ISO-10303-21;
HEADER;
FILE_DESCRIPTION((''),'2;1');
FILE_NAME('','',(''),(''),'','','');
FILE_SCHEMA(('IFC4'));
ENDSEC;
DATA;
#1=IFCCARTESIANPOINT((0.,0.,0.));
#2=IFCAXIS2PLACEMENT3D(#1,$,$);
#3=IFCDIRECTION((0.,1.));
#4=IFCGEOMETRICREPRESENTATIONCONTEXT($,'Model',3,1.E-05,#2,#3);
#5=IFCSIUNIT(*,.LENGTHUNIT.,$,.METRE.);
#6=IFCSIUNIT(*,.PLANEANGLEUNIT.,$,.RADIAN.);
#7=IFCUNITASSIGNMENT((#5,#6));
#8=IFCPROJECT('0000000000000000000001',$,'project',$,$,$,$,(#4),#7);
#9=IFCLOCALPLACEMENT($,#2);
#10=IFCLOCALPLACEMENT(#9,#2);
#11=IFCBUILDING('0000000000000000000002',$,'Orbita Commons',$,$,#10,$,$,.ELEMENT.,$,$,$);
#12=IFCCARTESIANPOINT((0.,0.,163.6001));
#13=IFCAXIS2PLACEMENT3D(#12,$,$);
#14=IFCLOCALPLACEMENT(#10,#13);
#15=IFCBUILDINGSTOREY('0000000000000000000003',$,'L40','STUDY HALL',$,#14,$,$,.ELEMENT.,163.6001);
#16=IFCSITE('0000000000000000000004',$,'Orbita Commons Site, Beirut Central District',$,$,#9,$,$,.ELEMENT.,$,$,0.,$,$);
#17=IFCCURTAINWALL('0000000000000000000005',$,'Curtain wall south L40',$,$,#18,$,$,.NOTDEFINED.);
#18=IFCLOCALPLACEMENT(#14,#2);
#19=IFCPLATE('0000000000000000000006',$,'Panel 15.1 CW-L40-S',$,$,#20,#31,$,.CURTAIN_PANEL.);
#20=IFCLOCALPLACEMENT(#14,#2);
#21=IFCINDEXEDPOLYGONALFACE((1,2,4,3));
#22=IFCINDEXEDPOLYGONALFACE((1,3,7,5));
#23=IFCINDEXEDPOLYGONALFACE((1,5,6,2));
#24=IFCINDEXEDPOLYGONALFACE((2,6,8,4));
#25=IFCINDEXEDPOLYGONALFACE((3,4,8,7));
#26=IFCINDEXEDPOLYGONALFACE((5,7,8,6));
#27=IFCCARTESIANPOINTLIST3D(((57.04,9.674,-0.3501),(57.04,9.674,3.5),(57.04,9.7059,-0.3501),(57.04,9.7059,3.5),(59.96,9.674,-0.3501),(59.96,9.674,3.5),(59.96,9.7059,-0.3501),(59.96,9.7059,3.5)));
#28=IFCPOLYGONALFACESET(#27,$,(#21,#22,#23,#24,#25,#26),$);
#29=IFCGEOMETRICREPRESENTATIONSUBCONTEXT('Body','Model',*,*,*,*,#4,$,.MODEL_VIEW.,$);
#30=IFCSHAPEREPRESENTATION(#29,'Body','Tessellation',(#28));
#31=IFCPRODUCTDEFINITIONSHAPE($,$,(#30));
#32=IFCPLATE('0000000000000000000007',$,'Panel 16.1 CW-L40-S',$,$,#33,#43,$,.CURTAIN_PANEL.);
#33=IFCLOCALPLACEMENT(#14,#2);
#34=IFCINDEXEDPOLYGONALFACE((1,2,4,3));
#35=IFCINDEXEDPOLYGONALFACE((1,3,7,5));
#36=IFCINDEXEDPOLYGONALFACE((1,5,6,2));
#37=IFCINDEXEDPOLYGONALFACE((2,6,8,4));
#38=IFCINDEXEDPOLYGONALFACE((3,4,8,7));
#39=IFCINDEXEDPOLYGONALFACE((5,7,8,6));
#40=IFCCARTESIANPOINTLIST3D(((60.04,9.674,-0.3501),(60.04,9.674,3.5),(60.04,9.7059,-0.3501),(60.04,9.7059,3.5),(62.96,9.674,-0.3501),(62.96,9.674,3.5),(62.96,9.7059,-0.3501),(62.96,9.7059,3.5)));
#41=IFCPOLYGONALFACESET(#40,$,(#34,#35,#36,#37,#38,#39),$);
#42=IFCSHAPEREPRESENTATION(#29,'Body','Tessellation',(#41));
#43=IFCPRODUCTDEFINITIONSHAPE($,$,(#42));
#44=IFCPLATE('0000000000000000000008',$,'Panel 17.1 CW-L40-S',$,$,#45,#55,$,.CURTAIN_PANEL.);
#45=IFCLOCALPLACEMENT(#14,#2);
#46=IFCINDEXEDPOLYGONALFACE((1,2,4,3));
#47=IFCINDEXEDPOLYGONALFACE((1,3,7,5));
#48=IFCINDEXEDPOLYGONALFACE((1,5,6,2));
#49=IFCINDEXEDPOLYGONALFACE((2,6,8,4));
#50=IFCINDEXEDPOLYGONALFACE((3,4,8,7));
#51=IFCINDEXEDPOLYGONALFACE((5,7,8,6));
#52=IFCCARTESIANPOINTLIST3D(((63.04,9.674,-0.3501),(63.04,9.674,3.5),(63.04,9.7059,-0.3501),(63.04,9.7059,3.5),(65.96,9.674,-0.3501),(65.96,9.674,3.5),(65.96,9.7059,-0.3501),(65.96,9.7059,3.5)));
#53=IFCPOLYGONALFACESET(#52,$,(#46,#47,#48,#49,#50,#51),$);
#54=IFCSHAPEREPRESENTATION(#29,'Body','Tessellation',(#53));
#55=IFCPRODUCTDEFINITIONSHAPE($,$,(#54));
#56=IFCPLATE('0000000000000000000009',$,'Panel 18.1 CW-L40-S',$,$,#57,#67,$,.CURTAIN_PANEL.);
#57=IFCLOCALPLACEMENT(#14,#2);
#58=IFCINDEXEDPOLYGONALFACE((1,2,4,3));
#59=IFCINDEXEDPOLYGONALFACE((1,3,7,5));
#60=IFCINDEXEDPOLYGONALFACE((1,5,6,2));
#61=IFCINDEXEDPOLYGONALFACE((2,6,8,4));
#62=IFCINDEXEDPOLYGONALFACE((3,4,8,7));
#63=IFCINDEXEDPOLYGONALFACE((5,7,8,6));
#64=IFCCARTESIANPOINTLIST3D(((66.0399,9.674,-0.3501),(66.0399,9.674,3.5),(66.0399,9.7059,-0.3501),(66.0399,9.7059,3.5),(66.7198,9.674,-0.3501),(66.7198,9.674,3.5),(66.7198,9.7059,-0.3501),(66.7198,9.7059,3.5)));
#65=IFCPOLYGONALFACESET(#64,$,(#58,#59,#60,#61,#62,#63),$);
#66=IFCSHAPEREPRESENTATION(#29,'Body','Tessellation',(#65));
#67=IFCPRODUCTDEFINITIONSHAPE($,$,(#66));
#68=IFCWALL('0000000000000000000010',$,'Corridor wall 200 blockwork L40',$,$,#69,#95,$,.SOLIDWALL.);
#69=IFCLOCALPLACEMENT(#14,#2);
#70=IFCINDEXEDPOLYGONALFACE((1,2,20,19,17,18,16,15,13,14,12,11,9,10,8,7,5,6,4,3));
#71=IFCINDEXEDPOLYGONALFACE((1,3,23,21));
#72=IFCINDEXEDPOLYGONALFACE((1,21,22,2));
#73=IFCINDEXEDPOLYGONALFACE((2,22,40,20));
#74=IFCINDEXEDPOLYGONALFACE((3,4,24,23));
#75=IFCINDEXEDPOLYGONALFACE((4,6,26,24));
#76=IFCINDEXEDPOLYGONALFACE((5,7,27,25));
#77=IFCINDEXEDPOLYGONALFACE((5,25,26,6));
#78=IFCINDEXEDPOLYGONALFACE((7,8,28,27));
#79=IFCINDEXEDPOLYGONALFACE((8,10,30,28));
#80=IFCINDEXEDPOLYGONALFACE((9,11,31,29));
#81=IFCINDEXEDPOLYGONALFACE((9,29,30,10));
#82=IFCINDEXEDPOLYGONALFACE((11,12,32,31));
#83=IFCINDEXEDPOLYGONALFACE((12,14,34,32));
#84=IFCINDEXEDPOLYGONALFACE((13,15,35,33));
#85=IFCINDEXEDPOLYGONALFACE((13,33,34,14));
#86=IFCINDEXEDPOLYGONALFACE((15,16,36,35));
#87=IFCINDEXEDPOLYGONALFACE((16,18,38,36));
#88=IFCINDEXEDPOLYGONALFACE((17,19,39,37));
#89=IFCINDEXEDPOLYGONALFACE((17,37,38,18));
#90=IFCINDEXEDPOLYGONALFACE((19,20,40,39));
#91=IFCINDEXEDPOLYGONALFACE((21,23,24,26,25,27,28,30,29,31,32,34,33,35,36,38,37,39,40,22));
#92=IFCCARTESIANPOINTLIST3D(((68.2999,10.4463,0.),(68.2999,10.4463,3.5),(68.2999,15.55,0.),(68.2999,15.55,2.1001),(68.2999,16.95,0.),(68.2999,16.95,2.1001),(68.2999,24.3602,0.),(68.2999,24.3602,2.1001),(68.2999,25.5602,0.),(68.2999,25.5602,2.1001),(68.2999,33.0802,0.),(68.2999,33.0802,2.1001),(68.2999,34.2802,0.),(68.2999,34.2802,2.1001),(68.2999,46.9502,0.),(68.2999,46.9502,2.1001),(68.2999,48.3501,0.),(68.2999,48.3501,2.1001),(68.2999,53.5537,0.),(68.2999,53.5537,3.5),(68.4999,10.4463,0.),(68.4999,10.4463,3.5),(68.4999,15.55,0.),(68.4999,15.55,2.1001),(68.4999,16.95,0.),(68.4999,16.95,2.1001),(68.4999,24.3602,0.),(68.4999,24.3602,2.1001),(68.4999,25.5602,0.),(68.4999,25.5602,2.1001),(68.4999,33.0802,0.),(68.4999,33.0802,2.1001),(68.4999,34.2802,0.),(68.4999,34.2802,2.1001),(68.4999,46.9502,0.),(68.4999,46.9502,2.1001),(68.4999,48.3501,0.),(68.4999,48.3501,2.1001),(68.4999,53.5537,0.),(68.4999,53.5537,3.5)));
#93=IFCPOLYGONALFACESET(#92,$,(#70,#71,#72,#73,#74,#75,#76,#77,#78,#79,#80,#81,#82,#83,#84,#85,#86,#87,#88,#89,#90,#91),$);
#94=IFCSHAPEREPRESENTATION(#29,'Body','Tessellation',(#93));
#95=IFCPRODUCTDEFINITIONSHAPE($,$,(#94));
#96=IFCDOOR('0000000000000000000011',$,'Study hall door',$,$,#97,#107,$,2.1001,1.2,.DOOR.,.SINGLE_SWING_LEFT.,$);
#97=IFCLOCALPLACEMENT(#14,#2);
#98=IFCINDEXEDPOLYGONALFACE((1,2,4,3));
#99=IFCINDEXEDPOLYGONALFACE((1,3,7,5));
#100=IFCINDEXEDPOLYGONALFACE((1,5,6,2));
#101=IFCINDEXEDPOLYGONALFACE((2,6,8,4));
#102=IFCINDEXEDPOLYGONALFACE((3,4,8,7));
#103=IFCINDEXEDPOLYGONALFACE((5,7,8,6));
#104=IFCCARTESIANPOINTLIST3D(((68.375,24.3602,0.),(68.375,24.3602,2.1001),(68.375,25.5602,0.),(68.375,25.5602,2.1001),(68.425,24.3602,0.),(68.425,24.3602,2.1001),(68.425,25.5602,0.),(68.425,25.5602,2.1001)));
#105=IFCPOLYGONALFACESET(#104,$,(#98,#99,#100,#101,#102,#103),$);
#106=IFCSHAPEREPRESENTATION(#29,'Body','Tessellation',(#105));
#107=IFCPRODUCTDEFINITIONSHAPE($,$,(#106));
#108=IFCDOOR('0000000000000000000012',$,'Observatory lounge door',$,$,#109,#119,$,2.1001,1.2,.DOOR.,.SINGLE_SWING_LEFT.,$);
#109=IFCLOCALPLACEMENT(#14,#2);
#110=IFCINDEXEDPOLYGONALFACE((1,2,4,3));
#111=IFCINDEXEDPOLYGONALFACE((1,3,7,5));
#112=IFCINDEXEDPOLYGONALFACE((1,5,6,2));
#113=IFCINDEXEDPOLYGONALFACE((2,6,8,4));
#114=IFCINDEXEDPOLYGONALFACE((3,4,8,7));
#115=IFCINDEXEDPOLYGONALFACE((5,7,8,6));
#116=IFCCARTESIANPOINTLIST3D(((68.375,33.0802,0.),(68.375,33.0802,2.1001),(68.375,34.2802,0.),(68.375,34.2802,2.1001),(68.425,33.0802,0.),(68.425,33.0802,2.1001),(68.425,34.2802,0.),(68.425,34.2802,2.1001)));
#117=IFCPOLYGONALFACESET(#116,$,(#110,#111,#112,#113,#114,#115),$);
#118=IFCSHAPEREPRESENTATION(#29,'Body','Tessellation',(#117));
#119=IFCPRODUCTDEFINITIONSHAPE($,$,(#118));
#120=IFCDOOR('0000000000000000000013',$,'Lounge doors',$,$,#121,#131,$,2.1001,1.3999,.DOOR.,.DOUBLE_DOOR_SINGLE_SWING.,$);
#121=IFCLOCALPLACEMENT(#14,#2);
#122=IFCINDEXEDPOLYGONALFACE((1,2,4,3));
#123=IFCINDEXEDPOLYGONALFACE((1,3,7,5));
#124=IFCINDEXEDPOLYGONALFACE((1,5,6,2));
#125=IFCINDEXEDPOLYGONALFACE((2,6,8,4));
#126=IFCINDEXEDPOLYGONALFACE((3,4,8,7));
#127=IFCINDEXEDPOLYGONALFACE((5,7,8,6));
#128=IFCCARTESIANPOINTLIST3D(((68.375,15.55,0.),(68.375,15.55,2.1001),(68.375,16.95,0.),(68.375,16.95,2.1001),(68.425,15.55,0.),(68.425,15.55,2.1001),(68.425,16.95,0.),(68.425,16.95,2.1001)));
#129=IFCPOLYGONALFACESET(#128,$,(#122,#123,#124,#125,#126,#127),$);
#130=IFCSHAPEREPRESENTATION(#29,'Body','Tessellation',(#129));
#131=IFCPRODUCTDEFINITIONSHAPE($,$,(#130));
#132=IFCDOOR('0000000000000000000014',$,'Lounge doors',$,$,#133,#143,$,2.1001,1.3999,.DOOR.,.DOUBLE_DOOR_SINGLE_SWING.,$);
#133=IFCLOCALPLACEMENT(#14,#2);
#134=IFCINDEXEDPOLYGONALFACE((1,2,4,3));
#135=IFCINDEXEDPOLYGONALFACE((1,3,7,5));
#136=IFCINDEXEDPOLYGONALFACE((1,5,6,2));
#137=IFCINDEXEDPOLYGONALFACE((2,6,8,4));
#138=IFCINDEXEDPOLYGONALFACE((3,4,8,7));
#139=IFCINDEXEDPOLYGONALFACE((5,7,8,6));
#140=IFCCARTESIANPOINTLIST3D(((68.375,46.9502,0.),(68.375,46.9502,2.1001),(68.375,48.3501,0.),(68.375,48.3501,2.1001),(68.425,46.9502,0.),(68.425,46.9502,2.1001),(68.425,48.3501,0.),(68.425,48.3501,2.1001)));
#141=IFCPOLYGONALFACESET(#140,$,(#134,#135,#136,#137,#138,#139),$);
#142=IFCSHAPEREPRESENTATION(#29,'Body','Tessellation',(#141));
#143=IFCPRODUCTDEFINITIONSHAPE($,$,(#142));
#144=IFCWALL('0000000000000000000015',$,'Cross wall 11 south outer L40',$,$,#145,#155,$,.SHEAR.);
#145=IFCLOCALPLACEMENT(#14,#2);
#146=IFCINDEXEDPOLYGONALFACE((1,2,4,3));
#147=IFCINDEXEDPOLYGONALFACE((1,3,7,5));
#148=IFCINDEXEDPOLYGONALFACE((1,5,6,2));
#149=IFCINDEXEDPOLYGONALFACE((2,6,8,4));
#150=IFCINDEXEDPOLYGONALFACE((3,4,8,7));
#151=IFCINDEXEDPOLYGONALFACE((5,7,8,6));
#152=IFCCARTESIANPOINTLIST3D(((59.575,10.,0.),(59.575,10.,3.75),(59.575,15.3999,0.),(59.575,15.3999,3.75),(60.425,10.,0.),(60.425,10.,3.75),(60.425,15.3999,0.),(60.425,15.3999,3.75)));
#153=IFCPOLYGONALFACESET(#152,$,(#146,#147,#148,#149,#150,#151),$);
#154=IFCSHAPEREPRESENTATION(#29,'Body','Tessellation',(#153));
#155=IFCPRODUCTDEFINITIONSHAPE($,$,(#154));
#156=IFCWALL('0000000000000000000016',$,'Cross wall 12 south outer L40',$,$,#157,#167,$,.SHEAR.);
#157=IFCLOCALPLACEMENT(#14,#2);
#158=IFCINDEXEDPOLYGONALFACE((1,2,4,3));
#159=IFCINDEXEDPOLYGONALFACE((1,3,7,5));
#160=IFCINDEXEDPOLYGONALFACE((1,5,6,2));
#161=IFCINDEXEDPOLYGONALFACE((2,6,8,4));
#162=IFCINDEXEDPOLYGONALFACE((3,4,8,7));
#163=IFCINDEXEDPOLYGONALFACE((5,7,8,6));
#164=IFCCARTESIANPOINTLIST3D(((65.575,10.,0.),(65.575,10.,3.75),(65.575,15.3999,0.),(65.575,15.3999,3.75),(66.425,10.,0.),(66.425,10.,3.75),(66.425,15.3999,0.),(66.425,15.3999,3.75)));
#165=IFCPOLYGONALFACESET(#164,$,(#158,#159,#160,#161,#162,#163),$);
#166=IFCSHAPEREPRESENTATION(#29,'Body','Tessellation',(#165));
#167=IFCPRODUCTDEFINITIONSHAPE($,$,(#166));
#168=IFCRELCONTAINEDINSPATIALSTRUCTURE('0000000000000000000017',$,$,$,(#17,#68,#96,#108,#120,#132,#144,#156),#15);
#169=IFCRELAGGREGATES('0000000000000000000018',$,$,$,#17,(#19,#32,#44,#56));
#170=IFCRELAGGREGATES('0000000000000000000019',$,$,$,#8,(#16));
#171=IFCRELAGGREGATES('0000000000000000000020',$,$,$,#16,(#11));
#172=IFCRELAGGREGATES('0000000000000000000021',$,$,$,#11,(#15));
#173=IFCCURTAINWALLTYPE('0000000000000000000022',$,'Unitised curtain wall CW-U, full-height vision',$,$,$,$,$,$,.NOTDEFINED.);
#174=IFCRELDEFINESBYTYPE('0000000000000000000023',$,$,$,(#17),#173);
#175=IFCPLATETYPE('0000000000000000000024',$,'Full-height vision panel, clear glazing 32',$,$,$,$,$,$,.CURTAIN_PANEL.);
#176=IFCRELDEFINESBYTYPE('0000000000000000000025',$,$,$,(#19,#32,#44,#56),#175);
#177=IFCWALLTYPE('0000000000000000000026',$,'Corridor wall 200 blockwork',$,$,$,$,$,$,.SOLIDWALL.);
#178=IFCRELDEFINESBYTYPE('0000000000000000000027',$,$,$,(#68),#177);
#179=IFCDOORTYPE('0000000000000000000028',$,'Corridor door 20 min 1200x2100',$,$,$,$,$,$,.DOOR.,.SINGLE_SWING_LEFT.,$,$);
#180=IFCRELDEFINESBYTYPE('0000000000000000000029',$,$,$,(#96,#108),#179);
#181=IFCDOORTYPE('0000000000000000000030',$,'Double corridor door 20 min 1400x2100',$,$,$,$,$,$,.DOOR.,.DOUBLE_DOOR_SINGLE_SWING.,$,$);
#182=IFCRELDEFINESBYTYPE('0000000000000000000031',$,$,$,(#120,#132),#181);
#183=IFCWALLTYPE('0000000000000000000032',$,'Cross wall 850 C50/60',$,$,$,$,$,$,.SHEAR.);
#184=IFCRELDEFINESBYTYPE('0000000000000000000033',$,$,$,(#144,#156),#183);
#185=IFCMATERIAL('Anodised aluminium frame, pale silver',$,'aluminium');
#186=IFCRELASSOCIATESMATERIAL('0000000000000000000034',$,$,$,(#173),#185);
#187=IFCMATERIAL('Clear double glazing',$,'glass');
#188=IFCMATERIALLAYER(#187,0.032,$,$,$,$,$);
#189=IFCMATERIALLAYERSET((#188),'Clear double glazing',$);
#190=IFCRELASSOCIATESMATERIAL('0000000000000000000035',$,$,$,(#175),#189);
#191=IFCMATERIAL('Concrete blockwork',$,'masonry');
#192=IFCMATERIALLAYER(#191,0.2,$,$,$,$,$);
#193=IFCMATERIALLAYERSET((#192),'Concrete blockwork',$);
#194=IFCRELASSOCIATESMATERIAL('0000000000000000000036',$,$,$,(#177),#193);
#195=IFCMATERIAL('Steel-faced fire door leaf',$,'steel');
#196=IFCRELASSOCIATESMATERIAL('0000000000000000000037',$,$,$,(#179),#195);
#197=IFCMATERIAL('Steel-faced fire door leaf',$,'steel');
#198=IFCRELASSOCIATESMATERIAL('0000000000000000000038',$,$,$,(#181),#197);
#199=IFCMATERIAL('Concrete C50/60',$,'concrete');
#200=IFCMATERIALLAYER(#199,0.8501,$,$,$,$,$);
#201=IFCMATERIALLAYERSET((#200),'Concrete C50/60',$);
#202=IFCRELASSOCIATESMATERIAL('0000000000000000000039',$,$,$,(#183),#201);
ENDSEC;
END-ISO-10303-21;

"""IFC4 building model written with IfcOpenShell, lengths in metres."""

from ifc_helpers import new_model, si_unit, direction, frame, frame_2d, origin, origin_2d, place, context, subcontext, project, spatial, rectangle, extrude, material, layer, layer_set, type_object, element, fill, aggregate, save


model = new_model("IFC4")

# Units and contexts
model_context = context("Model", 3, precision=1e-05, world=origin(), true_north=direction((0.0, 1.0)))
body_context = subcontext(model_context, "Body", "Model", "MODEL_VIEW")
ifc_project = project(units=[si_unit("LENGTHUNIT", "METRE"), si_unit("PLANEANGLEUNIT", "RADIAN")], contexts=[model_context])

# Site, building, storey
site_placement = place(None, origin())
site = spatial("IfcSite", under=ifc_project, at=site_placement, Name="Orbita Commons Site, Beirut Central District", CompositionType="ELEMENT", RefElevation=0.0)
building_placement = place(site_placement, origin())
building = spatial("IfcBuilding", under=site, at=building_placement, Name="Orbita Commons", CompositionType="ELEMENT")
storey_placement = place(building_placement, frame((0.0, 0.0, 163.6001)))
storey = spatial("IfcBuildingStorey", under=building, at=storey_placement, Name="L40", Description="STUDY HALL", CompositionType="ELEMENT", Elevation=163.6001)

# Curtain wall
ifc_material_1 = material(Name="Anodised aluminium frame, pale silver", Category="aluminium")
curtain_wall_type = type_object("IfcCurtainWallType", Name="Unitised curtain wall CW-U, full-height vision", PredefinedType="NOTDEFINED", material=ifc_material_1)
curtain_wall_placement = place(storey_placement, origin())
curtain_wall = element("IfcCurtainWall", 1, at=curtain_wall_placement, inside=storey, type_object=curtain_wall_type, Name="Curtain wall south L40", PredefinedType="NOTDEFINED")

# Plates
ifc_material_2 = material(Name="Clear double glazing", Category="glass")
ifc_layer_1 = layer(ifc_material_2, 0.032)
ifc_layer_set_1 = layer_set([ifc_layer_1], Name="Clear double glazing")
plate_type = type_object("IfcPlateType", Name="Full-height vision panel, clear glazing 32", PredefinedType="CURTAIN_PANEL", material=ifc_layer_set_1)
plate_1_placement = place(storey_placement, frame((58.5, 9.6899, -0.3501), z_axis=(0.0, 0.0, 1.0), x_axis=(1.0, 0.0, 0.0)))
plate_1 = element("IfcPlate", 2, at=plate_1_placement, type_object=plate_type, Name="Panel 15.1 CW-L40-S", PredefinedType="CURTAIN_PANEL", context=body_context, shape_type="SweptSolid", body=[
    extrude(rectangle(XDim=2.9199, YDim=0.032, at=origin_2d()), origin(), (0.0, 0.0, 1.0), 3.8501),
])
plate_2_placement = place(storey_placement, frame((61.5, 9.6899, -0.3501), z_axis=(0.0, 0.0, 1.0), x_axis=(1.0, 0.0, 0.0)))
plate_2 = element("IfcPlate", 3, at=plate_2_placement, type_object=plate_type, Name="Panel 16.1 CW-L40-S", PredefinedType="CURTAIN_PANEL", context=body_context, shape_type="SweptSolid", body=[
    extrude(rectangle(XDim=2.9199, YDim=0.032, at=origin_2d()), origin(), (0.0, 0.0, 1.0), 3.8501),
])
plate_3_placement = place(storey_placement, frame((64.5, 9.6899, -0.3501), z_axis=(0.0, 0.0, 1.0), x_axis=(1.0, 0.0, 0.0)))
plate_3 = element("IfcPlate", 4, at=plate_3_placement, type_object=plate_type, Name="Panel 17.1 CW-L40-S", PredefinedType="CURTAIN_PANEL", context=body_context, shape_type="SweptSolid", body=[
    extrude(rectangle(XDim=2.9199, YDim=0.032, at=origin_2d()), origin(), (0.0, 0.0, 1.0), 3.8501),
])
plate_4_placement = place(storey_placement, frame((66.3799, 9.6899, -0.3501), z_axis=(0.0, 0.0, 1.0), x_axis=(1.0, 0.0, 0.0)))
plate_4 = element("IfcPlate", 5, at=plate_4_placement, type_object=plate_type, Name="Panel 18.1 CW-L40-S", PredefinedType="CURTAIN_PANEL", context=body_context, shape_type="SweptSolid", body=[
    extrude(rectangle(XDim=0.6799, YDim=0.032, at=origin_2d()), origin(), (0.0, 0.0, 1.0), 3.8501),
])
aggregate(curtain_wall, [plate_1, plate_2, plate_3, plate_4])

# Wall, openings, doors
ifc_material_3 = material(Name="Concrete blockwork", Category="masonry")
ifc_layer_2 = layer(ifc_material_3, 0.2)
ifc_layer_set_2 = layer_set([ifc_layer_2], Name="Concrete blockwork")
wall_type_1 = type_object("IfcWallType", Name="Corridor wall 200 blockwork", PredefinedType="SOLIDWALL", material=ifc_layer_set_2)
wall_1_placement = place(storey_placement, frame((68.3999, 10.4463, 0.0), z_axis=(0.0, 0.0, 1.0), x_axis=(0.0, 1.0, 0.0)))
wall_1 = element("IfcWall", 6, at=wall_1_placement, inside=storey, type_object=wall_type_1, Name="Corridor wall 200 blockwork L40", PredefinedType="SOLIDWALL", context=body_context, shape_type="SweptSolid", body=[
    extrude(rectangle(XDim=43.1074, YDim=0.2, at=frame_2d((21.5537, 0.0))), origin(), (0.0, 0.0, 1.0), 3.5),
])
opening_1_placement = place(wall_1_placement, frame((13.9138, 0.0, 0.0)))
opening_1 = element("IfcOpeningElement", 7, at=opening_1_placement, cuts=wall_1, PredefinedType="OPENING", context=body_context, shape_type="SweptSolid", body=[
    extrude(rectangle(XDim=1.2, YDim=2.1001, at=frame_2d((0.6001, 1.05))), frame((0.0, 0.1099, 0.0), z_axis=(0.0, -1.0, 0.0), x_axis=(1.0, 0.0, 0.0)), (0.0, 0.0, 1.0), 0.22),
])
opening_2_placement = place(wall_1_placement, frame((22.6338, 0.0, 0.0)))
opening_2 = element("IfcOpeningElement", 8, at=opening_2_placement, cuts=wall_1, PredefinedType="OPENING", context=body_context, shape_type="SweptSolid", body=[
    extrude(rectangle(XDim=1.2, YDim=2.1001, at=frame_2d((0.6001, 1.05))), frame((0.0, 0.1099, 0.0), z_axis=(0.0, -1.0, 0.0), x_axis=(1.0, 0.0, 0.0)), (0.0, 0.0, 1.0), 0.22),
])
opening_3_placement = place(wall_1_placement, frame((5.1038, 0.0, 0.0)))
opening_3 = element("IfcOpeningElement", 9, at=opening_3_placement, cuts=wall_1, PredefinedType="OPENING", context=body_context, shape_type="SweptSolid", body=[
    extrude(rectangle(XDim=1.3999, YDim=2.1001, at=frame_2d((0.7, 1.05))), frame((0.0, 0.1099, 0.0), z_axis=(0.0, -1.0, 0.0), x_axis=(1.0, 0.0, 0.0)), (0.0, 0.0, 1.0), 0.22),
])
opening_4_placement = place(wall_1_placement, frame((36.5039, 0.0, 0.0)))
opening_4 = element("IfcOpeningElement", 10, at=opening_4_placement, cuts=wall_1, PredefinedType="OPENING", context=body_context, shape_type="SweptSolid", body=[
    extrude(rectangle(XDim=1.3999, YDim=2.1001, at=frame_2d((0.7, 1.05))), frame((0.0, 0.1099, 0.0), z_axis=(0.0, -1.0, 0.0), x_axis=(1.0, 0.0, 0.0)), (0.0, 0.0, 1.0), 0.22),
])
ifc_material_4 = material(Name="Steel-faced fire door leaf", Category="steel")
door_type_1 = type_object("IfcDoorType", Name="Corridor door 20 min 1200x2100", OperationType="SINGLE_SWING_LEFT", PredefinedType="DOOR", material=ifc_material_4)
door_1_placement = place(opening_1_placement, origin())
door_1 = element("IfcDoor", 11, at=door_1_placement, inside=storey, type_object=door_type_1, Name="Study hall door", OperationType="SINGLE_SWING_LEFT", OverallHeight=2.1001, OverallWidth=1.2, PredefinedType="DOOR", context=body_context, shape_type="SweptSolid", body=[
    extrude(rectangle(XDim=1.2, YDim=2.1001, at=frame_2d((0.6001, 1.05))), frame((0.0, 0.0249, 0.0), z_axis=(0.0, -1.0, 0.0), x_axis=(1.0, 0.0, 0.0)), (0.0, 0.0, 1.0), 0.05),
])
fill(opening_1, door_1)
door_2_placement = place(opening_2_placement, origin())
door_2 = element("IfcDoor", 12, at=door_2_placement, inside=storey, type_object=door_type_1, Name="Observatory lounge door", OperationType="SINGLE_SWING_LEFT", OverallHeight=2.1001, OverallWidth=1.2, PredefinedType="DOOR", context=body_context, shape_type="SweptSolid", body=[
    extrude(rectangle(XDim=1.2, YDim=2.1001, at=frame_2d((0.6001, 1.05))), frame((0.0, 0.0249, 0.0), z_axis=(0.0, -1.0, 0.0), x_axis=(1.0, 0.0, 0.0)), (0.0, 0.0, 1.0), 0.05),
])
fill(opening_2, door_2)
ifc_material_5 = material(Name="Steel-faced fire door leaf", Category="steel")
door_type_2 = type_object("IfcDoorType", Name="Double corridor door 20 min 1400x2100", OperationType="DOUBLE_DOOR_SINGLE_SWING", PredefinedType="DOOR", material=ifc_material_5)
door_3_placement = place(opening_3_placement, origin())
door_3 = element("IfcDoor", 13, at=door_3_placement, inside=storey, type_object=door_type_2, Name="Lounge doors", OperationType="DOUBLE_DOOR_SINGLE_SWING", OverallHeight=2.1001, OverallWidth=1.3999, PredefinedType="DOOR", context=body_context, shape_type="SweptSolid", body=[
    extrude(rectangle(XDim=1.3999, YDim=2.1001, at=frame_2d((0.7, 1.05))), frame((0.0, 0.0249, 0.0), z_axis=(0.0, -1.0, 0.0), x_axis=(1.0, 0.0, 0.0)), (0.0, 0.0, 1.0), 0.05),
])
fill(opening_3, door_3)
door_4_placement = place(opening_4_placement, origin())
door_4 = element("IfcDoor", 14, at=door_4_placement, inside=storey, type_object=door_type_2, Name="Lounge doors", OperationType="DOUBLE_DOOR_SINGLE_SWING", OverallHeight=2.1001, OverallWidth=1.3999, PredefinedType="DOOR", context=body_context, shape_type="SweptSolid", body=[
    extrude(rectangle(XDim=1.3999, YDim=2.1001, at=frame_2d((0.7, 1.05))), frame((0.0, 0.0249, 0.0), z_axis=(0.0, -1.0, 0.0), x_axis=(1.0, 0.0, 0.0)), (0.0, 0.0, 1.0), 0.05),
])
fill(opening_4, door_4)

# Walls
ifc_material_6 = material(Name="Concrete C50/60", Category="concrete")
ifc_layer_3 = layer(ifc_material_6, 0.8501)
ifc_layer_set_3 = layer_set([ifc_layer_3], Name="Concrete C50/60")
wall_type_2 = type_object("IfcWallType", Name="Cross wall 850 C50/60", PredefinedType="SHEAR", material=ifc_layer_set_3)
for number, where, z_axis, x_axis, name in (
    (15, (60.0, 10.0, 0.0), (0.0, 0.0, 1.0), (0.0, 1.0, 0.0), "Cross wall 11 south outer L40"),
    (16, (66.0, 10.0, 0.0), (0.0, 0.0, 1.0), (0.0, 1.0, 0.0), "Cross wall 12 south outer L40"),
):
    element("IfcWall", number, at=place(storey_placement, frame(where, z_axis=z_axis, x_axis=x_axis)), inside=storey, type_object=wall_type_2, Name=name, PredefinedType="SHEAR", context=body_context, shape_type="SweptSolid", body=[
        extrude(rectangle(XDim=5.3999, YDim=0.8501, at=frame_2d((2.7, 0.0))), origin(), (0.0, 0.0, 1.0), 3.75),
    ])

save(model, "model.ifc")
